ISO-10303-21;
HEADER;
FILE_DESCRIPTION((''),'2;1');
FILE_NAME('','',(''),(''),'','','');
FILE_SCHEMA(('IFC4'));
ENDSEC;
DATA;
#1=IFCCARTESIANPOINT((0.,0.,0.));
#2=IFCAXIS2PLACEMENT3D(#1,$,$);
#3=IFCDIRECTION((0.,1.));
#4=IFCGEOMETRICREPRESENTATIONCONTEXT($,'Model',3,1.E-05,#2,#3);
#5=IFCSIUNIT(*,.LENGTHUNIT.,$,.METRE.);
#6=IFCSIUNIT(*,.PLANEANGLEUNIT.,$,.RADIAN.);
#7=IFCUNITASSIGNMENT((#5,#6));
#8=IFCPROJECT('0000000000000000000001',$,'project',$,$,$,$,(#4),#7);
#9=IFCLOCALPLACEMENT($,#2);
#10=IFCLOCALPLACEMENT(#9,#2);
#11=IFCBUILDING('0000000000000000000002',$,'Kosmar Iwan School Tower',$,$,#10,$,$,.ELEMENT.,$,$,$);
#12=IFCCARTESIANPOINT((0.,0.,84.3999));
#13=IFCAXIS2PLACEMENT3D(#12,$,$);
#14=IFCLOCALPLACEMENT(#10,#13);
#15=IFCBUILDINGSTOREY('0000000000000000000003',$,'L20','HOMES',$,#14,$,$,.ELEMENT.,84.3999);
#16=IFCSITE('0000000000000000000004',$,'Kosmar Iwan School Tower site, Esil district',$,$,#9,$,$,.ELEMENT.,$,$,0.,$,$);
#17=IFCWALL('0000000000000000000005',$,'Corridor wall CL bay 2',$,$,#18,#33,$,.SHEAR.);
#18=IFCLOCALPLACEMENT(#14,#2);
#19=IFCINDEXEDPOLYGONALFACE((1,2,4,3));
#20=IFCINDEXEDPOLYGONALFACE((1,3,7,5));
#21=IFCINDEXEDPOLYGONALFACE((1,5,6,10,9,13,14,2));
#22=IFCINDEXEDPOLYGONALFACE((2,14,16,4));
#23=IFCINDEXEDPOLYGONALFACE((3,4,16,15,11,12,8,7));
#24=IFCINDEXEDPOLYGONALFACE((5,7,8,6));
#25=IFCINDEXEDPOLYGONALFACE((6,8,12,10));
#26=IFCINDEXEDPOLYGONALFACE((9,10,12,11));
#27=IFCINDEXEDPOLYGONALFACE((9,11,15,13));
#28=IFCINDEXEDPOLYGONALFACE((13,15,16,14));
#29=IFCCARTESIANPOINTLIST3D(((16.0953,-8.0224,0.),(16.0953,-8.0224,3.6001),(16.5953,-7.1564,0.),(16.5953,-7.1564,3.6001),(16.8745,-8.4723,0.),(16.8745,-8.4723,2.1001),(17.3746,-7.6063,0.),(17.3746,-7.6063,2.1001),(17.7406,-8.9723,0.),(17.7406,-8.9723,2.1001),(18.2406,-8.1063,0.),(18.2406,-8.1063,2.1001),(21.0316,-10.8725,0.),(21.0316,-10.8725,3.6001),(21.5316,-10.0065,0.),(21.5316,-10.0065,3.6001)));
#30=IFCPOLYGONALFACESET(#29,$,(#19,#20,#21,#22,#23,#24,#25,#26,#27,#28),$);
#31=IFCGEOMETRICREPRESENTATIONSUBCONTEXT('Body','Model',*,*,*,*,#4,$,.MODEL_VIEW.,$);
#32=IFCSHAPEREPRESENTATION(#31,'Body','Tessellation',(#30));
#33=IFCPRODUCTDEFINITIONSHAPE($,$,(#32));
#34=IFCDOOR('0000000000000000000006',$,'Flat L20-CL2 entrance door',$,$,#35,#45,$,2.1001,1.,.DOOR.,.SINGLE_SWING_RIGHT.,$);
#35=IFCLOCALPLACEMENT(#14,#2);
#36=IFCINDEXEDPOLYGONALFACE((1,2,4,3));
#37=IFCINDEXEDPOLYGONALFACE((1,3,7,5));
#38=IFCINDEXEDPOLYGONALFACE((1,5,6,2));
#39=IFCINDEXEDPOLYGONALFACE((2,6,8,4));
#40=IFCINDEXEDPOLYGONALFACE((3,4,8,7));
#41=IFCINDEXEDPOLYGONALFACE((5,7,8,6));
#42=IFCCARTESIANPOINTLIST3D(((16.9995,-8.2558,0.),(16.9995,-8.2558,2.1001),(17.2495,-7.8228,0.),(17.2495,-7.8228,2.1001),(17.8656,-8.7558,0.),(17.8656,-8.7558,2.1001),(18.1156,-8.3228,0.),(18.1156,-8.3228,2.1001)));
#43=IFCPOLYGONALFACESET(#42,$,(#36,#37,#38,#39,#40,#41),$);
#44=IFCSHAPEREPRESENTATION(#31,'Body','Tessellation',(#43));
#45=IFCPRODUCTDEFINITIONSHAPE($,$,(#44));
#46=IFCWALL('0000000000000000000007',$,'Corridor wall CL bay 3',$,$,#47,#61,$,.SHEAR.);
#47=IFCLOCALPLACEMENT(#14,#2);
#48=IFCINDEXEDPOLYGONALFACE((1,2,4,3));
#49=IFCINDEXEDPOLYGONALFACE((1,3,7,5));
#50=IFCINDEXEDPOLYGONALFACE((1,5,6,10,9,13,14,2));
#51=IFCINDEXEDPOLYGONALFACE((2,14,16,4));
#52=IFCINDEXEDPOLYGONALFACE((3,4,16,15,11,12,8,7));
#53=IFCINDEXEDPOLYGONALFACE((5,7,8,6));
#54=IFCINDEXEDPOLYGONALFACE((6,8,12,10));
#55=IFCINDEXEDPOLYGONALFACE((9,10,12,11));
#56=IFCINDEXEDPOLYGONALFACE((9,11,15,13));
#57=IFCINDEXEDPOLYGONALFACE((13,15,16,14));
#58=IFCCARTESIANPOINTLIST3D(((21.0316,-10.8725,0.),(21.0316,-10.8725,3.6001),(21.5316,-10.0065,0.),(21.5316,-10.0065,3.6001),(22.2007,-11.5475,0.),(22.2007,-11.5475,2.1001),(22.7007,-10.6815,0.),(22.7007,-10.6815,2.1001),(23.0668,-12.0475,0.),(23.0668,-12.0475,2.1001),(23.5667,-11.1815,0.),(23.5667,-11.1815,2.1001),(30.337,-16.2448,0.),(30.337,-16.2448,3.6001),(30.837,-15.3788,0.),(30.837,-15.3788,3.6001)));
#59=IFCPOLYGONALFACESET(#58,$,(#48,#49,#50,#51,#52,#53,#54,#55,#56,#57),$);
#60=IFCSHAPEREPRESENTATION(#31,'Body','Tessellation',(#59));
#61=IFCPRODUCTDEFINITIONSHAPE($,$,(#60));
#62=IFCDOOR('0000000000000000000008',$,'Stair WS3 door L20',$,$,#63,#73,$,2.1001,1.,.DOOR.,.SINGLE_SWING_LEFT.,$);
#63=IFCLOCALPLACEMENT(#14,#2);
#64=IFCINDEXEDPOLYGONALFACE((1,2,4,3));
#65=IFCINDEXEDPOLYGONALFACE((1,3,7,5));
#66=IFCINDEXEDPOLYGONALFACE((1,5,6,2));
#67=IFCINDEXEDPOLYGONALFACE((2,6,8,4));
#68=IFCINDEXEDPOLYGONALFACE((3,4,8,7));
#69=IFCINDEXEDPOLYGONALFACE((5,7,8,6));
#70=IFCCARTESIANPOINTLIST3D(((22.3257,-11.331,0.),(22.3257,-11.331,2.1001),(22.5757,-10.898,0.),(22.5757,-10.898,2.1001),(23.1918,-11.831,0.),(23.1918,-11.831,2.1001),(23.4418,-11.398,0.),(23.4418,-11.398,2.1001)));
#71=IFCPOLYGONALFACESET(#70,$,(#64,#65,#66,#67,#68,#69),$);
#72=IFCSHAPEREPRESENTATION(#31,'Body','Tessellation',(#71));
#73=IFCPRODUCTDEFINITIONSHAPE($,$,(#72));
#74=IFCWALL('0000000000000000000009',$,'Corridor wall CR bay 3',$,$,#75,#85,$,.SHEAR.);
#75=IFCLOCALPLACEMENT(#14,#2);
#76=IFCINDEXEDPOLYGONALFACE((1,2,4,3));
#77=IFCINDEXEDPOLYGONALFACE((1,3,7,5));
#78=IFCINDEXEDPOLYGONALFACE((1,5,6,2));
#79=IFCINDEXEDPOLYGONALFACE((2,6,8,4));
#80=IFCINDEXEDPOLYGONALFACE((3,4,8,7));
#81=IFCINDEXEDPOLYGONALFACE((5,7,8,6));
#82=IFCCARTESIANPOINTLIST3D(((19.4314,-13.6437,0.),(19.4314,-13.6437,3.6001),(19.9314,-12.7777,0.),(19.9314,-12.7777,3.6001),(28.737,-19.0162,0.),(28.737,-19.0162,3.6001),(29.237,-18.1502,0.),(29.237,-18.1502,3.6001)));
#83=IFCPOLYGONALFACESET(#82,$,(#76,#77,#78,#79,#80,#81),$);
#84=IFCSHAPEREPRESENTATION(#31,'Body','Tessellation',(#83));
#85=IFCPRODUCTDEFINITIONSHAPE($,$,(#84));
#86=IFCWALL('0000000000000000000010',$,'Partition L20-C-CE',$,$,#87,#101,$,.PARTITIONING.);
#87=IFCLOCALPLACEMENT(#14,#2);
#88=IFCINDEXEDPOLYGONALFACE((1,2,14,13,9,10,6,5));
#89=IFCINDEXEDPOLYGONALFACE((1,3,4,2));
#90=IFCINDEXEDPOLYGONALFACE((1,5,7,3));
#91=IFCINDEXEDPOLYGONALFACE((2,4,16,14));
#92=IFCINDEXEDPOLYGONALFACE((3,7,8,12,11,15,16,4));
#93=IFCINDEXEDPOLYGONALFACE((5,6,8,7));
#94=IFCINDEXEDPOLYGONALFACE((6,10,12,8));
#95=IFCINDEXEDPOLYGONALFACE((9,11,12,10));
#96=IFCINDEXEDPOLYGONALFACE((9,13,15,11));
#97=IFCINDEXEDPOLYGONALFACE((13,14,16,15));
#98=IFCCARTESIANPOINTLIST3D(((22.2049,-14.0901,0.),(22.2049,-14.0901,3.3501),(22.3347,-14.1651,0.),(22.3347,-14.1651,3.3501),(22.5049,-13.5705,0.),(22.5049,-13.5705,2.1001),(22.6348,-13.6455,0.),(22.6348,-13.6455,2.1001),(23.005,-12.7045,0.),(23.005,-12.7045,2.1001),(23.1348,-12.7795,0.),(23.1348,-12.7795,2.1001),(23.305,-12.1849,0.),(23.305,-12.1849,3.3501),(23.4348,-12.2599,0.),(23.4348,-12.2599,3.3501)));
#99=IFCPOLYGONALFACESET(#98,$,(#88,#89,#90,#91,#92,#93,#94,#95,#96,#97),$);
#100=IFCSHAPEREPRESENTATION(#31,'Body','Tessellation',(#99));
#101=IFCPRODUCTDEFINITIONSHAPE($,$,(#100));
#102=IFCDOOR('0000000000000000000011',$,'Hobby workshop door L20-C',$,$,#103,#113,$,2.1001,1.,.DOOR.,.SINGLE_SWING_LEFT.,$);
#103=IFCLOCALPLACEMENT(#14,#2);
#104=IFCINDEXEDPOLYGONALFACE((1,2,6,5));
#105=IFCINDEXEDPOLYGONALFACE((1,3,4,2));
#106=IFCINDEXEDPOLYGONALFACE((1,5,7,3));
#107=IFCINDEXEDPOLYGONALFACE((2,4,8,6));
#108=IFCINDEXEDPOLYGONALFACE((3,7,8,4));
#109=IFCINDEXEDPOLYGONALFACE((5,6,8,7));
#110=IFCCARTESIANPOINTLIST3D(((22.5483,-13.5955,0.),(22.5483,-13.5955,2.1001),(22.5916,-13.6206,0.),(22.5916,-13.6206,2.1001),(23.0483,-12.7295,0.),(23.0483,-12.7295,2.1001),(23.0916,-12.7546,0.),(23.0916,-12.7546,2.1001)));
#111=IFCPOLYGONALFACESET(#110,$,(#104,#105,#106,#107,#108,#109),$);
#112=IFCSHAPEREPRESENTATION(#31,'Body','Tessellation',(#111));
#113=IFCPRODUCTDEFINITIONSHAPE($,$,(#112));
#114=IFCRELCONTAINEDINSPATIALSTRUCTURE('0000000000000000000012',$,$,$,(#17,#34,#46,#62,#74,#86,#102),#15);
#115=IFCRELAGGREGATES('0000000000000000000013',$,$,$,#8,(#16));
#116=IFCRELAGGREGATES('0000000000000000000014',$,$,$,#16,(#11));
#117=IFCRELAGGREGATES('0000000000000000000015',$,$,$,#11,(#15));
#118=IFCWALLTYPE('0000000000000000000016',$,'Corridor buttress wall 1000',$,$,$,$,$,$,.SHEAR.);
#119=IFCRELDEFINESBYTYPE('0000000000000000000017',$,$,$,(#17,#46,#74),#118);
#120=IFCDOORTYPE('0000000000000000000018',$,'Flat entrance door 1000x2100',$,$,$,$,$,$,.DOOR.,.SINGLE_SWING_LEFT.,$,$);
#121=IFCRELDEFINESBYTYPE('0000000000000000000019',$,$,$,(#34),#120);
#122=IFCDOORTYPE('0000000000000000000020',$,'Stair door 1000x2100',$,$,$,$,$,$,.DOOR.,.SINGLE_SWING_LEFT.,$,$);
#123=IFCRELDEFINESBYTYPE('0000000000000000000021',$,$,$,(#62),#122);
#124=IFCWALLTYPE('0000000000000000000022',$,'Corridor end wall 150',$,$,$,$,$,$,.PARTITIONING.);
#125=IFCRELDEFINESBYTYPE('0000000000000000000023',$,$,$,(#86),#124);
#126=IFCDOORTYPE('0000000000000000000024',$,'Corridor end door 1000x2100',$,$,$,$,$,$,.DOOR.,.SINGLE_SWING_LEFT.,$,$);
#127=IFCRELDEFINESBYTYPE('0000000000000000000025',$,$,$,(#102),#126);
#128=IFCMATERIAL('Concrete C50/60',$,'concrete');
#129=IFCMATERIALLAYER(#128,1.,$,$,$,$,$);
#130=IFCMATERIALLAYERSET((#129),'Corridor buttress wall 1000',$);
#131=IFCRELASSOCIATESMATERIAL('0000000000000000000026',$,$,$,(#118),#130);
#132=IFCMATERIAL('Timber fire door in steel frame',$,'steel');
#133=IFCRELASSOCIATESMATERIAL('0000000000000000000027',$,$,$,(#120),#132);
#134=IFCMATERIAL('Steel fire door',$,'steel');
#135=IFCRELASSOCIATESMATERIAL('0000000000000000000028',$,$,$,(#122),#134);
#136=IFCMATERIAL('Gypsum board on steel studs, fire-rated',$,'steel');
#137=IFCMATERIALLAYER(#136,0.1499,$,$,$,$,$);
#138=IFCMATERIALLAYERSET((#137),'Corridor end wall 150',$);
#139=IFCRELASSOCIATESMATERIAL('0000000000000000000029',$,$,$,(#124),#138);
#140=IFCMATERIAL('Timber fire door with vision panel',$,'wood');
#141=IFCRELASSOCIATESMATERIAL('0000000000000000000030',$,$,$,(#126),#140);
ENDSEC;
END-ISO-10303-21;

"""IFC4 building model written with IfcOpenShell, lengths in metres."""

from ifc_helpers import new_model, si_unit, direction, frame, frame_2d, origin, place, context, subcontext, project, spatial, rectangle, extrude, material, layer, layer_set, type_object, element, fill, save


model = new_model("IFC4")

# Units and contexts
model_context = context("Model", 3, precision=1e-05, world=origin(), true_north=direction((0.0, 1.0)))
body_context = subcontext(model_context, "Body", "Model", "MODEL_VIEW")
ifc_project = project(units=[si_unit("LENGTHUNIT", "METRE"), si_unit("PLANEANGLEUNIT", "RADIAN")], contexts=[model_context])

# Site, building, storey
site_placement = place(None, origin())
site = spatial("IfcSite", under=ifc_project, at=site_placement, Name="Kosmar Iwan School Tower site, Esil district", CompositionType="ELEMENT", RefElevation=0.0)
building_placement = place(site_placement, origin())
building = spatial("IfcBuilding", under=site, at=building_placement, Name="Kosmar Iwan School Tower", CompositionType="ELEMENT")
storey_placement = place(building_placement, frame((0.0, 0.0, 84.3999)))
storey = spatial("IfcBuildingStorey", under=building, at=storey_placement, Name="L20", Description="HOMES", CompositionType="ELEMENT", Elevation=84.3999)

# Walls, openings, doors
ifc_material_1 = material(Name="Concrete C50/60", Category="concrete")
ifc_layer_1 = layer(ifc_material_1, 1.0)
ifc_layer_set_1 = layer_set([ifc_layer_1], Name="Corridor buttress wall 1000")
wall_type_1 = type_object("IfcWallType", Name="Corridor buttress wall 1000", PredefinedType="SHEAR", material=ifc_layer_set_1)
wall_1_placement = place(storey_placement, frame((16.3452, -7.5894, 0.0), z_axis=(0.0, 0.0, 1.0), x_axis=(0.866015, -0.500018, 0.0)))
wall_1 = element("IfcWall", 1, at=wall_1_placement, inside=storey, type_object=wall_type_1, Name="Corridor wall CL bay 2", PredefinedType="SHEAR", context=body_context, shape_type="SweptSolid", body=[
    extrude(rectangle(XDim=5.7, YDim=1.0, at=frame_2d((2.8501, 0.0))), origin(), (0.0, 0.0, 1.0), 3.6001),
])
opening_1_placement = place(wall_1_placement, frame((0.8999, 0.0, 0.0)))
opening_1 = element("IfcOpeningElement", 2, at=opening_1_placement, cuts=wall_1, PredefinedType="OPENING", context=body_context, shape_type="SweptSolid", body=[
    extrude(rectangle(XDim=1.0, YDim=2.1001, at=frame_2d((0.5, 1.05))), frame((0.0, 0.512, 0.0), z_axis=(0.0, -1.0, 0.0), x_axis=(1.0, 0.0, 0.0)), (0.0, 0.0, 1.0), 1.0239),
])
ifc_material_2 = material(Name="Timber fire door in steel frame", Category="steel")
door_type_1 = type_object("IfcDoorType", Name="Flat entrance door 1000x2100", OperationType="SINGLE_SWING_LEFT", PredefinedType="DOOR", material=ifc_material_2)
door_1_placement = place(opening_1_placement, origin())
door_1 = element("IfcDoor", 3, at=door_1_placement, inside=storey, type_object=door_type_1, Name="Flat L20-CL2 entrance door", OperationType="SINGLE_SWING_RIGHT", OverallHeight=2.1001, OverallWidth=1.0, PredefinedType="DOOR", context=body_context, shape_type="SweptSolid", body=[
    extrude(rectangle(XDim=1.0, YDim=2.1001, at=frame_2d((0.5, 1.05))), frame((0.0, 0.25, 0.0), z_axis=(0.0, -1.0, 0.0), x_axis=(1.0, 0.0, 0.0)), (0.0, 0.0, 1.0), 0.5),
])
fill(opening_1, door_1)
wall_2_placement = place(storey_placement, frame((21.2815, -10.4395, 0.0), z_axis=(0.0, 0.0, 1.0), x_axis=(0.866032, -0.499988, 0.0)))
wall_2 = element("IfcWall", 4, at=wall_2_placement, inside=storey, type_object=wall_type_1, Name="Corridor wall CL bay 3", PredefinedType="SHEAR", context=body_context, shape_type="SweptSolid", body=[
    extrude(rectangle(XDim=10.7449, YDim=1.0, at=frame_2d((5.3726, 0.0))), origin(), (0.0, 0.0, 1.0), 3.6001),
])
opening_2_placement = place(wall_2_placement, frame((1.3501, 0.0, 0.0)))
opening_2 = element("IfcOpeningElement", 5, at=opening_2_placement, cuts=wall_2, PredefinedType="OPENING", context=body_context, shape_type="SweptSolid", body=[
    extrude(rectangle(XDim=1.0, YDim=2.1001, at=frame_2d((0.5, 1.05))), frame((0.0, 0.512, 0.0), z_axis=(0.0, -1.0, 0.0), x_axis=(1.0, 0.0, 0.0)), (0.0, 0.0, 1.0), 1.0239),
])
ifc_material_3 = material(Name="Steel fire door", Category="steel")
door_type_2 = type_object("IfcDoorType", Name="Stair door 1000x2100", OperationType="SINGLE_SWING_LEFT", PredefinedType="DOOR", material=ifc_material_3)
door_2_placement = place(opening_2_placement, origin())
door_2 = element("IfcDoor", 6, at=door_2_placement, inside=storey, type_object=door_type_2, Name="Stair WS3 door L20", OperationType="SINGLE_SWING_LEFT", OverallHeight=2.1001, OverallWidth=1.0, PredefinedType="DOOR", context=body_context, shape_type="SweptSolid", body=[
    extrude(rectangle(XDim=1.0, YDim=2.1001, at=frame_2d((0.5, 1.05))), frame((0.0, 0.25, 0.0), z_axis=(0.0, -1.0, 0.0), x_axis=(1.0, 0.0, 0.0)), (0.0, 0.0, 1.0), 0.5),
])
fill(opening_2, door_2)

# Wall
wall_3_placement = place(storey_placement, frame((19.6814, -13.2107, 0.0), z_axis=(0.0, 0.0, 1.0), x_axis=(0.866028, -0.499995, 0.0)))
element("IfcWall", 7, at=wall_3_placement, inside=storey, type_object=wall_type_1, Name="Corridor wall CR bay 3", PredefinedType="SHEAR", context=body_context, shape_type="SweptSolid", body=[
    extrude(rectangle(XDim=10.7451, YDim=1.0, at=frame_2d((5.3726, 0.0))), origin(), (0.0, 0.0, 1.0), 3.6001),
])

# Wall, opening, door
ifc_material_4 = material(Name="Gypsum board on steel studs, fire-rated", Category="steel")
ifc_layer_2 = layer(ifc_material_4, 0.1499)
ifc_layer_set_2 = layer_set([ifc_layer_2], Name="Corridor end wall 150")
wall_type_2 = type_object("IfcWallType", Name="Corridor end wall 150", PredefinedType="PARTITIONING", material=ifc_layer_set_2)
wall_4_placement = place(storey_placement, frame((22.2698, -14.1277, 0.0), z_axis=(0.0, 0.0, 1.0), x_axis=(0.50003, 0.866008, 0.0)))
wall_4 = element("IfcWall", 8, at=wall_4_placement, inside=storey, type_object=wall_type_2, Name="Partition L20-C-CE", PredefinedType="PARTITIONING", context=body_context, shape_type="SweptSolid", body=[
    extrude(rectangle(XDim=2.2, YDim=0.1499, at=frame_2d((1.1001, 0.0))), origin(), (0.0, 0.0, 1.0), 3.3501),
])
opening_3_placement = place(wall_4_placement, frame((0.6001, 0.0, 0.0)))
opening_3 = element("IfcOpeningElement", 9, at=opening_3_placement, cuts=wall_4, PredefinedType="OPENING", context=body_context, shape_type="SweptSolid", body=[
    extrude(rectangle(XDim=1.0, YDim=2.1001, at=frame_2d((0.5, 1.05))), frame((0.0, 0.0869, 0.0), z_axis=(0.0, -1.0, 0.0), x_axis=(1.0, 0.0, 0.0)), (0.0, 0.0, 1.0), 0.1738),
])
ifc_material_5 = material(Name="Timber fire door with vision panel", Category="wood")
door_type_3 = type_object("IfcDoorType", Name="Corridor end door 1000x2100", OperationType="SINGLE_SWING_LEFT", PredefinedType="DOOR", material=ifc_material_5)
door_3_placement = place(opening_3_placement, origin())
door_3 = element("IfcDoor", 10, at=door_3_placement, inside=storey, type_object=door_type_3, Name="Hobby workshop door L20-C", OperationType="SINGLE_SWING_LEFT", OverallHeight=2.1001, OverallWidth=1.0, PredefinedType="DOOR", context=body_context, shape_type="SweptSolid", body=[
    extrude(rectangle(XDim=1.0, YDim=2.1001, at=frame_2d((0.5, 1.05))), frame((0.0, 0.0249, 0.0), z_axis=(0.0, -1.0, 0.0), x_axis=(1.0, 0.0, 0.0)), (0.0, 0.0, 1.0), 0.05),
])
fill(opening_3, door_3)

save(model, "model.ifc")
